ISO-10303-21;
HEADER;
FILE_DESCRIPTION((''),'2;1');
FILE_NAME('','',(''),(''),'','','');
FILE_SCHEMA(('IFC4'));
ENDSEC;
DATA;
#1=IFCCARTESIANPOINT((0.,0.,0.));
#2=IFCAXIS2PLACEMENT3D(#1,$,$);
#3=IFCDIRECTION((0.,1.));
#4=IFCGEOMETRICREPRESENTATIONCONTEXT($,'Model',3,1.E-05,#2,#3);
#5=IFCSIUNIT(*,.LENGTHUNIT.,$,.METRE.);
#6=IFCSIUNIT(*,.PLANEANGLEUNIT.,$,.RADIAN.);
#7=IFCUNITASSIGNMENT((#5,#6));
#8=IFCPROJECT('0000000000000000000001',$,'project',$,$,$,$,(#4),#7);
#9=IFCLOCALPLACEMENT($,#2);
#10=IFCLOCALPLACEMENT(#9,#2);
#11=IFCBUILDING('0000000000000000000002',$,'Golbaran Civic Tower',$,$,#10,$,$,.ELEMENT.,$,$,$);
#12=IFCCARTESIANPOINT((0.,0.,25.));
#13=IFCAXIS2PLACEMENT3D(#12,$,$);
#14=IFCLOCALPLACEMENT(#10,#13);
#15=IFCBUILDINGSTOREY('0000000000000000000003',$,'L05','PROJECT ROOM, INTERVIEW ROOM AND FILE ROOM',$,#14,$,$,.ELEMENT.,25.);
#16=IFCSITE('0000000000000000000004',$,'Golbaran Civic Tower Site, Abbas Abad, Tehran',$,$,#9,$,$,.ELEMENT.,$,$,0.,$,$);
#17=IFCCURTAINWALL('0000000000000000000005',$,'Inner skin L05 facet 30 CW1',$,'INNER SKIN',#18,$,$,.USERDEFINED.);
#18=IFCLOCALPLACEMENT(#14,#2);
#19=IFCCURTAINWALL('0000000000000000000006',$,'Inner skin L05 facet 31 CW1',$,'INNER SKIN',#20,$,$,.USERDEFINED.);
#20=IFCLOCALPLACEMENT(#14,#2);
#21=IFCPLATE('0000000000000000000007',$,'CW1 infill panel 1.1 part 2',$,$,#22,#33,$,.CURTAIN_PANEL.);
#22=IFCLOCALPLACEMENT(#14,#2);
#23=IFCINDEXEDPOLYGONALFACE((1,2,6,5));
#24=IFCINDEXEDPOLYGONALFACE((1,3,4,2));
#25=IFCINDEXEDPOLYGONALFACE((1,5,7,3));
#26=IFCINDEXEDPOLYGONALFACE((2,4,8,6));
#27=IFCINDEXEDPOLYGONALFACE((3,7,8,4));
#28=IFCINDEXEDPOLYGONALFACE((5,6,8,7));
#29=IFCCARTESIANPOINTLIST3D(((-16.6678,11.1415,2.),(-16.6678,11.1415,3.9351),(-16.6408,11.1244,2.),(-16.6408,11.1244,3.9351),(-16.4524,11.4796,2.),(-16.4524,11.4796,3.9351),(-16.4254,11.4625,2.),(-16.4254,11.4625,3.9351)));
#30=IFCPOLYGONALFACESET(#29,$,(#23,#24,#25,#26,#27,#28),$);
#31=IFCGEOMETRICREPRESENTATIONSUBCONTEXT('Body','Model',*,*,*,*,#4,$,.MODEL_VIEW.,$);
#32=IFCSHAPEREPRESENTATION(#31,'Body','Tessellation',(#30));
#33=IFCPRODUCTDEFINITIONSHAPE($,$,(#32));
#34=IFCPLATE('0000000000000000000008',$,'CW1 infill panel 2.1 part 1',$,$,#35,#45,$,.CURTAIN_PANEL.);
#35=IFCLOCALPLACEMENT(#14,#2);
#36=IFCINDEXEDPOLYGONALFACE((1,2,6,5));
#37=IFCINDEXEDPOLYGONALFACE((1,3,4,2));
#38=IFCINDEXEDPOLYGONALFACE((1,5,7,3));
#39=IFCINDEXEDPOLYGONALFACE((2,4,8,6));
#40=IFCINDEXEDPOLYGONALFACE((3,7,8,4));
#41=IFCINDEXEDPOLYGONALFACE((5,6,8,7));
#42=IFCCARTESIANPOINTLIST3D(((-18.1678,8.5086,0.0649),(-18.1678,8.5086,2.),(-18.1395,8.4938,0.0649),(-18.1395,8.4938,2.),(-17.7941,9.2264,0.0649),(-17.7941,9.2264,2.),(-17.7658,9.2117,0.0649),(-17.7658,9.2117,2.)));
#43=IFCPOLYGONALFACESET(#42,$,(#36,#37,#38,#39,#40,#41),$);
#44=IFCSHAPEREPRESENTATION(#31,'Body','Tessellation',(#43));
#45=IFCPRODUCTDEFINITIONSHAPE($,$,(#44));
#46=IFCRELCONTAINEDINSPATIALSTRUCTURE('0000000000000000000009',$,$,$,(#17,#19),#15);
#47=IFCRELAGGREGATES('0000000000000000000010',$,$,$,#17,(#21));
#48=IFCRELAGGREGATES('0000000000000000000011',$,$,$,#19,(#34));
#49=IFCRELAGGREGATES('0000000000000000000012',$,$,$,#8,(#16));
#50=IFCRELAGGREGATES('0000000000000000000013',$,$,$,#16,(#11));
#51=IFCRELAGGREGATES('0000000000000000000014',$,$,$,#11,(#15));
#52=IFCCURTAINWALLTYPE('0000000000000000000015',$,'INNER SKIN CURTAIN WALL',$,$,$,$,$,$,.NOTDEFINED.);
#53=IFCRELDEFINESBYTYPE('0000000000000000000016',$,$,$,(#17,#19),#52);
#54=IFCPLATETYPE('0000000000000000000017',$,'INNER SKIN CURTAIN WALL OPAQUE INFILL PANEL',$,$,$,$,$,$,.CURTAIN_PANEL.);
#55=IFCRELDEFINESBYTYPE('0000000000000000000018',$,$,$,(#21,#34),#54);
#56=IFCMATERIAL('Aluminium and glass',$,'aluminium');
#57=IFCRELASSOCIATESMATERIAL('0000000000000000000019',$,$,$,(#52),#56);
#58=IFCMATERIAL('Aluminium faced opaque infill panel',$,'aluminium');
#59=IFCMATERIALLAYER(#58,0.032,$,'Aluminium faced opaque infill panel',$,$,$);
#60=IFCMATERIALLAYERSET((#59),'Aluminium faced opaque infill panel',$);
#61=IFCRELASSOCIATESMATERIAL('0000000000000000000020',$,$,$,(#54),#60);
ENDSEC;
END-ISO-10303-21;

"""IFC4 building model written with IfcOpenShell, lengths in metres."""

from ifc_helpers import new_model, si_unit, direction, frame, origin, origin_2d, place, context, subcontext, project, spatial, rectangle, extrude, material, layer, layer_set, type_object, element, aggregate, save


model = new_model("IFC4")

# Units and contexts
model_context = context("Model", 3, precision=1e-05, world=origin(), true_north=direction((0.0, 1.0)))
body_context = subcontext(model_context, "Body", "Model", "MODEL_VIEW")
ifc_project = project(units=[si_unit("LENGTHUNIT", "METRE"), si_unit("PLANEANGLEUNIT", "RADIAN")], contexts=[model_context])

# Site, building, storey
site_placement = place(None, origin())
site = spatial("IfcSite", under=ifc_project, at=site_placement, Name="Golbaran Civic Tower Site, Abbas Abad, Tehran", CompositionType="ELEMENT", RefElevation=0.0)
building_placement = place(site_placement, origin())
building = spatial("IfcBuilding", under=site, at=building_placement, Name="Golbaran Civic Tower", CompositionType="ELEMENT")
storey_placement = place(building_placement, frame((0.0, 0.0, 25.0)))
storey = spatial("IfcBuildingStorey", under=building, at=storey_placement, Name="L05", Description="PROJECT ROOM, INTERVIEW ROOM AND FILE ROOM", CompositionType="ELEMENT", Elevation=25.0)

# Curtain wall
ifc_material_1 = material(Name="Aluminium and glass", Category="aluminium")
curtain_wall_type = type_object("IfcCurtainWallType", Name="INNER SKIN CURTAIN WALL", PredefinedType="NOTDEFINED", material=ifc_material_1)
curtain_wall_1_placement = place(storey_placement, origin())
curtain_wall_1 = element("IfcCurtainWall", 1, at=curtain_wall_1_placement, inside=storey, type_object=curtain_wall_type, Name="Inner skin L05 facet 30 CW1", ObjectType="INNER SKIN", PredefinedType="USERDEFINED")

# Curtain wall
curtain_wall_2_placement = place(storey_placement, origin())
curtain_wall_2 = element("IfcCurtainWall", 2, at=curtain_wall_2_placement, inside=storey, type_object=curtain_wall_type, Name="Inner skin L05 facet 31 CW1", ObjectType="INNER SKIN", PredefinedType="USERDEFINED")

# Plates
ifc_material_2 = material(Name="Aluminium faced opaque infill panel", Category="aluminium")
ifc_layer_1 = layer(ifc_material_2, 0.032, Name="Aluminium faced opaque infill panel")
ifc_layer_set_1 = layer_set([ifc_layer_1], Name="Aluminium faced opaque infill panel")
plate_type_1 = type_object("IfcPlateType", Name="INNER SKIN CURTAIN WALL OPAQUE INFILL PANEL", PredefinedType="CURTAIN_PANEL", material=ifc_layer_set_1)
plate_1_placement = place(storey_placement, frame((-16.5466, 11.302, 2.0), z_axis=(0.0, 0.0, 1.0), x_axis=(-0.5373, -0.843391, 0.0)))
plate_1 = element("IfcPlate", 3, at=plate_1_placement, type_object=plate_type_1, Name="CW1 infill panel 1.1 part 2", PredefinedType="CURTAIN_PANEL", context=body_context, shape_type="SweptSolid", body=[
    extrude(rectangle(XDim=0.4009, YDim=0.032, at=origin_2d()), origin(), (0.0, 0.0, 1.0), 1.9351),
])
aggregate(curtain_wall_1, [plate_1])
plate_2_placement = place(storey_placement, frame((-17.9668, 8.8601, 0.0649), z_axis=(0.0, 0.0, 1.0), x_axis=(-0.461749, -0.887011, 0.0)))
plate_2 = element("IfcPlate", 4, at=plate_2_placement, type_object=plate_type_1, Name="CW1 infill panel 2.1 part 1", PredefinedType="CURTAIN_PANEL", context=body_context, shape_type="SweptSolid", body=[
    extrude(rectangle(XDim=0.8093, YDim=0.032, at=origin_2d()), origin(), (0.0, 0.0, 1.0), 1.9351),
])
aggregate(curtain_wall_2, [plate_2])

save(model, "model.ifc")
